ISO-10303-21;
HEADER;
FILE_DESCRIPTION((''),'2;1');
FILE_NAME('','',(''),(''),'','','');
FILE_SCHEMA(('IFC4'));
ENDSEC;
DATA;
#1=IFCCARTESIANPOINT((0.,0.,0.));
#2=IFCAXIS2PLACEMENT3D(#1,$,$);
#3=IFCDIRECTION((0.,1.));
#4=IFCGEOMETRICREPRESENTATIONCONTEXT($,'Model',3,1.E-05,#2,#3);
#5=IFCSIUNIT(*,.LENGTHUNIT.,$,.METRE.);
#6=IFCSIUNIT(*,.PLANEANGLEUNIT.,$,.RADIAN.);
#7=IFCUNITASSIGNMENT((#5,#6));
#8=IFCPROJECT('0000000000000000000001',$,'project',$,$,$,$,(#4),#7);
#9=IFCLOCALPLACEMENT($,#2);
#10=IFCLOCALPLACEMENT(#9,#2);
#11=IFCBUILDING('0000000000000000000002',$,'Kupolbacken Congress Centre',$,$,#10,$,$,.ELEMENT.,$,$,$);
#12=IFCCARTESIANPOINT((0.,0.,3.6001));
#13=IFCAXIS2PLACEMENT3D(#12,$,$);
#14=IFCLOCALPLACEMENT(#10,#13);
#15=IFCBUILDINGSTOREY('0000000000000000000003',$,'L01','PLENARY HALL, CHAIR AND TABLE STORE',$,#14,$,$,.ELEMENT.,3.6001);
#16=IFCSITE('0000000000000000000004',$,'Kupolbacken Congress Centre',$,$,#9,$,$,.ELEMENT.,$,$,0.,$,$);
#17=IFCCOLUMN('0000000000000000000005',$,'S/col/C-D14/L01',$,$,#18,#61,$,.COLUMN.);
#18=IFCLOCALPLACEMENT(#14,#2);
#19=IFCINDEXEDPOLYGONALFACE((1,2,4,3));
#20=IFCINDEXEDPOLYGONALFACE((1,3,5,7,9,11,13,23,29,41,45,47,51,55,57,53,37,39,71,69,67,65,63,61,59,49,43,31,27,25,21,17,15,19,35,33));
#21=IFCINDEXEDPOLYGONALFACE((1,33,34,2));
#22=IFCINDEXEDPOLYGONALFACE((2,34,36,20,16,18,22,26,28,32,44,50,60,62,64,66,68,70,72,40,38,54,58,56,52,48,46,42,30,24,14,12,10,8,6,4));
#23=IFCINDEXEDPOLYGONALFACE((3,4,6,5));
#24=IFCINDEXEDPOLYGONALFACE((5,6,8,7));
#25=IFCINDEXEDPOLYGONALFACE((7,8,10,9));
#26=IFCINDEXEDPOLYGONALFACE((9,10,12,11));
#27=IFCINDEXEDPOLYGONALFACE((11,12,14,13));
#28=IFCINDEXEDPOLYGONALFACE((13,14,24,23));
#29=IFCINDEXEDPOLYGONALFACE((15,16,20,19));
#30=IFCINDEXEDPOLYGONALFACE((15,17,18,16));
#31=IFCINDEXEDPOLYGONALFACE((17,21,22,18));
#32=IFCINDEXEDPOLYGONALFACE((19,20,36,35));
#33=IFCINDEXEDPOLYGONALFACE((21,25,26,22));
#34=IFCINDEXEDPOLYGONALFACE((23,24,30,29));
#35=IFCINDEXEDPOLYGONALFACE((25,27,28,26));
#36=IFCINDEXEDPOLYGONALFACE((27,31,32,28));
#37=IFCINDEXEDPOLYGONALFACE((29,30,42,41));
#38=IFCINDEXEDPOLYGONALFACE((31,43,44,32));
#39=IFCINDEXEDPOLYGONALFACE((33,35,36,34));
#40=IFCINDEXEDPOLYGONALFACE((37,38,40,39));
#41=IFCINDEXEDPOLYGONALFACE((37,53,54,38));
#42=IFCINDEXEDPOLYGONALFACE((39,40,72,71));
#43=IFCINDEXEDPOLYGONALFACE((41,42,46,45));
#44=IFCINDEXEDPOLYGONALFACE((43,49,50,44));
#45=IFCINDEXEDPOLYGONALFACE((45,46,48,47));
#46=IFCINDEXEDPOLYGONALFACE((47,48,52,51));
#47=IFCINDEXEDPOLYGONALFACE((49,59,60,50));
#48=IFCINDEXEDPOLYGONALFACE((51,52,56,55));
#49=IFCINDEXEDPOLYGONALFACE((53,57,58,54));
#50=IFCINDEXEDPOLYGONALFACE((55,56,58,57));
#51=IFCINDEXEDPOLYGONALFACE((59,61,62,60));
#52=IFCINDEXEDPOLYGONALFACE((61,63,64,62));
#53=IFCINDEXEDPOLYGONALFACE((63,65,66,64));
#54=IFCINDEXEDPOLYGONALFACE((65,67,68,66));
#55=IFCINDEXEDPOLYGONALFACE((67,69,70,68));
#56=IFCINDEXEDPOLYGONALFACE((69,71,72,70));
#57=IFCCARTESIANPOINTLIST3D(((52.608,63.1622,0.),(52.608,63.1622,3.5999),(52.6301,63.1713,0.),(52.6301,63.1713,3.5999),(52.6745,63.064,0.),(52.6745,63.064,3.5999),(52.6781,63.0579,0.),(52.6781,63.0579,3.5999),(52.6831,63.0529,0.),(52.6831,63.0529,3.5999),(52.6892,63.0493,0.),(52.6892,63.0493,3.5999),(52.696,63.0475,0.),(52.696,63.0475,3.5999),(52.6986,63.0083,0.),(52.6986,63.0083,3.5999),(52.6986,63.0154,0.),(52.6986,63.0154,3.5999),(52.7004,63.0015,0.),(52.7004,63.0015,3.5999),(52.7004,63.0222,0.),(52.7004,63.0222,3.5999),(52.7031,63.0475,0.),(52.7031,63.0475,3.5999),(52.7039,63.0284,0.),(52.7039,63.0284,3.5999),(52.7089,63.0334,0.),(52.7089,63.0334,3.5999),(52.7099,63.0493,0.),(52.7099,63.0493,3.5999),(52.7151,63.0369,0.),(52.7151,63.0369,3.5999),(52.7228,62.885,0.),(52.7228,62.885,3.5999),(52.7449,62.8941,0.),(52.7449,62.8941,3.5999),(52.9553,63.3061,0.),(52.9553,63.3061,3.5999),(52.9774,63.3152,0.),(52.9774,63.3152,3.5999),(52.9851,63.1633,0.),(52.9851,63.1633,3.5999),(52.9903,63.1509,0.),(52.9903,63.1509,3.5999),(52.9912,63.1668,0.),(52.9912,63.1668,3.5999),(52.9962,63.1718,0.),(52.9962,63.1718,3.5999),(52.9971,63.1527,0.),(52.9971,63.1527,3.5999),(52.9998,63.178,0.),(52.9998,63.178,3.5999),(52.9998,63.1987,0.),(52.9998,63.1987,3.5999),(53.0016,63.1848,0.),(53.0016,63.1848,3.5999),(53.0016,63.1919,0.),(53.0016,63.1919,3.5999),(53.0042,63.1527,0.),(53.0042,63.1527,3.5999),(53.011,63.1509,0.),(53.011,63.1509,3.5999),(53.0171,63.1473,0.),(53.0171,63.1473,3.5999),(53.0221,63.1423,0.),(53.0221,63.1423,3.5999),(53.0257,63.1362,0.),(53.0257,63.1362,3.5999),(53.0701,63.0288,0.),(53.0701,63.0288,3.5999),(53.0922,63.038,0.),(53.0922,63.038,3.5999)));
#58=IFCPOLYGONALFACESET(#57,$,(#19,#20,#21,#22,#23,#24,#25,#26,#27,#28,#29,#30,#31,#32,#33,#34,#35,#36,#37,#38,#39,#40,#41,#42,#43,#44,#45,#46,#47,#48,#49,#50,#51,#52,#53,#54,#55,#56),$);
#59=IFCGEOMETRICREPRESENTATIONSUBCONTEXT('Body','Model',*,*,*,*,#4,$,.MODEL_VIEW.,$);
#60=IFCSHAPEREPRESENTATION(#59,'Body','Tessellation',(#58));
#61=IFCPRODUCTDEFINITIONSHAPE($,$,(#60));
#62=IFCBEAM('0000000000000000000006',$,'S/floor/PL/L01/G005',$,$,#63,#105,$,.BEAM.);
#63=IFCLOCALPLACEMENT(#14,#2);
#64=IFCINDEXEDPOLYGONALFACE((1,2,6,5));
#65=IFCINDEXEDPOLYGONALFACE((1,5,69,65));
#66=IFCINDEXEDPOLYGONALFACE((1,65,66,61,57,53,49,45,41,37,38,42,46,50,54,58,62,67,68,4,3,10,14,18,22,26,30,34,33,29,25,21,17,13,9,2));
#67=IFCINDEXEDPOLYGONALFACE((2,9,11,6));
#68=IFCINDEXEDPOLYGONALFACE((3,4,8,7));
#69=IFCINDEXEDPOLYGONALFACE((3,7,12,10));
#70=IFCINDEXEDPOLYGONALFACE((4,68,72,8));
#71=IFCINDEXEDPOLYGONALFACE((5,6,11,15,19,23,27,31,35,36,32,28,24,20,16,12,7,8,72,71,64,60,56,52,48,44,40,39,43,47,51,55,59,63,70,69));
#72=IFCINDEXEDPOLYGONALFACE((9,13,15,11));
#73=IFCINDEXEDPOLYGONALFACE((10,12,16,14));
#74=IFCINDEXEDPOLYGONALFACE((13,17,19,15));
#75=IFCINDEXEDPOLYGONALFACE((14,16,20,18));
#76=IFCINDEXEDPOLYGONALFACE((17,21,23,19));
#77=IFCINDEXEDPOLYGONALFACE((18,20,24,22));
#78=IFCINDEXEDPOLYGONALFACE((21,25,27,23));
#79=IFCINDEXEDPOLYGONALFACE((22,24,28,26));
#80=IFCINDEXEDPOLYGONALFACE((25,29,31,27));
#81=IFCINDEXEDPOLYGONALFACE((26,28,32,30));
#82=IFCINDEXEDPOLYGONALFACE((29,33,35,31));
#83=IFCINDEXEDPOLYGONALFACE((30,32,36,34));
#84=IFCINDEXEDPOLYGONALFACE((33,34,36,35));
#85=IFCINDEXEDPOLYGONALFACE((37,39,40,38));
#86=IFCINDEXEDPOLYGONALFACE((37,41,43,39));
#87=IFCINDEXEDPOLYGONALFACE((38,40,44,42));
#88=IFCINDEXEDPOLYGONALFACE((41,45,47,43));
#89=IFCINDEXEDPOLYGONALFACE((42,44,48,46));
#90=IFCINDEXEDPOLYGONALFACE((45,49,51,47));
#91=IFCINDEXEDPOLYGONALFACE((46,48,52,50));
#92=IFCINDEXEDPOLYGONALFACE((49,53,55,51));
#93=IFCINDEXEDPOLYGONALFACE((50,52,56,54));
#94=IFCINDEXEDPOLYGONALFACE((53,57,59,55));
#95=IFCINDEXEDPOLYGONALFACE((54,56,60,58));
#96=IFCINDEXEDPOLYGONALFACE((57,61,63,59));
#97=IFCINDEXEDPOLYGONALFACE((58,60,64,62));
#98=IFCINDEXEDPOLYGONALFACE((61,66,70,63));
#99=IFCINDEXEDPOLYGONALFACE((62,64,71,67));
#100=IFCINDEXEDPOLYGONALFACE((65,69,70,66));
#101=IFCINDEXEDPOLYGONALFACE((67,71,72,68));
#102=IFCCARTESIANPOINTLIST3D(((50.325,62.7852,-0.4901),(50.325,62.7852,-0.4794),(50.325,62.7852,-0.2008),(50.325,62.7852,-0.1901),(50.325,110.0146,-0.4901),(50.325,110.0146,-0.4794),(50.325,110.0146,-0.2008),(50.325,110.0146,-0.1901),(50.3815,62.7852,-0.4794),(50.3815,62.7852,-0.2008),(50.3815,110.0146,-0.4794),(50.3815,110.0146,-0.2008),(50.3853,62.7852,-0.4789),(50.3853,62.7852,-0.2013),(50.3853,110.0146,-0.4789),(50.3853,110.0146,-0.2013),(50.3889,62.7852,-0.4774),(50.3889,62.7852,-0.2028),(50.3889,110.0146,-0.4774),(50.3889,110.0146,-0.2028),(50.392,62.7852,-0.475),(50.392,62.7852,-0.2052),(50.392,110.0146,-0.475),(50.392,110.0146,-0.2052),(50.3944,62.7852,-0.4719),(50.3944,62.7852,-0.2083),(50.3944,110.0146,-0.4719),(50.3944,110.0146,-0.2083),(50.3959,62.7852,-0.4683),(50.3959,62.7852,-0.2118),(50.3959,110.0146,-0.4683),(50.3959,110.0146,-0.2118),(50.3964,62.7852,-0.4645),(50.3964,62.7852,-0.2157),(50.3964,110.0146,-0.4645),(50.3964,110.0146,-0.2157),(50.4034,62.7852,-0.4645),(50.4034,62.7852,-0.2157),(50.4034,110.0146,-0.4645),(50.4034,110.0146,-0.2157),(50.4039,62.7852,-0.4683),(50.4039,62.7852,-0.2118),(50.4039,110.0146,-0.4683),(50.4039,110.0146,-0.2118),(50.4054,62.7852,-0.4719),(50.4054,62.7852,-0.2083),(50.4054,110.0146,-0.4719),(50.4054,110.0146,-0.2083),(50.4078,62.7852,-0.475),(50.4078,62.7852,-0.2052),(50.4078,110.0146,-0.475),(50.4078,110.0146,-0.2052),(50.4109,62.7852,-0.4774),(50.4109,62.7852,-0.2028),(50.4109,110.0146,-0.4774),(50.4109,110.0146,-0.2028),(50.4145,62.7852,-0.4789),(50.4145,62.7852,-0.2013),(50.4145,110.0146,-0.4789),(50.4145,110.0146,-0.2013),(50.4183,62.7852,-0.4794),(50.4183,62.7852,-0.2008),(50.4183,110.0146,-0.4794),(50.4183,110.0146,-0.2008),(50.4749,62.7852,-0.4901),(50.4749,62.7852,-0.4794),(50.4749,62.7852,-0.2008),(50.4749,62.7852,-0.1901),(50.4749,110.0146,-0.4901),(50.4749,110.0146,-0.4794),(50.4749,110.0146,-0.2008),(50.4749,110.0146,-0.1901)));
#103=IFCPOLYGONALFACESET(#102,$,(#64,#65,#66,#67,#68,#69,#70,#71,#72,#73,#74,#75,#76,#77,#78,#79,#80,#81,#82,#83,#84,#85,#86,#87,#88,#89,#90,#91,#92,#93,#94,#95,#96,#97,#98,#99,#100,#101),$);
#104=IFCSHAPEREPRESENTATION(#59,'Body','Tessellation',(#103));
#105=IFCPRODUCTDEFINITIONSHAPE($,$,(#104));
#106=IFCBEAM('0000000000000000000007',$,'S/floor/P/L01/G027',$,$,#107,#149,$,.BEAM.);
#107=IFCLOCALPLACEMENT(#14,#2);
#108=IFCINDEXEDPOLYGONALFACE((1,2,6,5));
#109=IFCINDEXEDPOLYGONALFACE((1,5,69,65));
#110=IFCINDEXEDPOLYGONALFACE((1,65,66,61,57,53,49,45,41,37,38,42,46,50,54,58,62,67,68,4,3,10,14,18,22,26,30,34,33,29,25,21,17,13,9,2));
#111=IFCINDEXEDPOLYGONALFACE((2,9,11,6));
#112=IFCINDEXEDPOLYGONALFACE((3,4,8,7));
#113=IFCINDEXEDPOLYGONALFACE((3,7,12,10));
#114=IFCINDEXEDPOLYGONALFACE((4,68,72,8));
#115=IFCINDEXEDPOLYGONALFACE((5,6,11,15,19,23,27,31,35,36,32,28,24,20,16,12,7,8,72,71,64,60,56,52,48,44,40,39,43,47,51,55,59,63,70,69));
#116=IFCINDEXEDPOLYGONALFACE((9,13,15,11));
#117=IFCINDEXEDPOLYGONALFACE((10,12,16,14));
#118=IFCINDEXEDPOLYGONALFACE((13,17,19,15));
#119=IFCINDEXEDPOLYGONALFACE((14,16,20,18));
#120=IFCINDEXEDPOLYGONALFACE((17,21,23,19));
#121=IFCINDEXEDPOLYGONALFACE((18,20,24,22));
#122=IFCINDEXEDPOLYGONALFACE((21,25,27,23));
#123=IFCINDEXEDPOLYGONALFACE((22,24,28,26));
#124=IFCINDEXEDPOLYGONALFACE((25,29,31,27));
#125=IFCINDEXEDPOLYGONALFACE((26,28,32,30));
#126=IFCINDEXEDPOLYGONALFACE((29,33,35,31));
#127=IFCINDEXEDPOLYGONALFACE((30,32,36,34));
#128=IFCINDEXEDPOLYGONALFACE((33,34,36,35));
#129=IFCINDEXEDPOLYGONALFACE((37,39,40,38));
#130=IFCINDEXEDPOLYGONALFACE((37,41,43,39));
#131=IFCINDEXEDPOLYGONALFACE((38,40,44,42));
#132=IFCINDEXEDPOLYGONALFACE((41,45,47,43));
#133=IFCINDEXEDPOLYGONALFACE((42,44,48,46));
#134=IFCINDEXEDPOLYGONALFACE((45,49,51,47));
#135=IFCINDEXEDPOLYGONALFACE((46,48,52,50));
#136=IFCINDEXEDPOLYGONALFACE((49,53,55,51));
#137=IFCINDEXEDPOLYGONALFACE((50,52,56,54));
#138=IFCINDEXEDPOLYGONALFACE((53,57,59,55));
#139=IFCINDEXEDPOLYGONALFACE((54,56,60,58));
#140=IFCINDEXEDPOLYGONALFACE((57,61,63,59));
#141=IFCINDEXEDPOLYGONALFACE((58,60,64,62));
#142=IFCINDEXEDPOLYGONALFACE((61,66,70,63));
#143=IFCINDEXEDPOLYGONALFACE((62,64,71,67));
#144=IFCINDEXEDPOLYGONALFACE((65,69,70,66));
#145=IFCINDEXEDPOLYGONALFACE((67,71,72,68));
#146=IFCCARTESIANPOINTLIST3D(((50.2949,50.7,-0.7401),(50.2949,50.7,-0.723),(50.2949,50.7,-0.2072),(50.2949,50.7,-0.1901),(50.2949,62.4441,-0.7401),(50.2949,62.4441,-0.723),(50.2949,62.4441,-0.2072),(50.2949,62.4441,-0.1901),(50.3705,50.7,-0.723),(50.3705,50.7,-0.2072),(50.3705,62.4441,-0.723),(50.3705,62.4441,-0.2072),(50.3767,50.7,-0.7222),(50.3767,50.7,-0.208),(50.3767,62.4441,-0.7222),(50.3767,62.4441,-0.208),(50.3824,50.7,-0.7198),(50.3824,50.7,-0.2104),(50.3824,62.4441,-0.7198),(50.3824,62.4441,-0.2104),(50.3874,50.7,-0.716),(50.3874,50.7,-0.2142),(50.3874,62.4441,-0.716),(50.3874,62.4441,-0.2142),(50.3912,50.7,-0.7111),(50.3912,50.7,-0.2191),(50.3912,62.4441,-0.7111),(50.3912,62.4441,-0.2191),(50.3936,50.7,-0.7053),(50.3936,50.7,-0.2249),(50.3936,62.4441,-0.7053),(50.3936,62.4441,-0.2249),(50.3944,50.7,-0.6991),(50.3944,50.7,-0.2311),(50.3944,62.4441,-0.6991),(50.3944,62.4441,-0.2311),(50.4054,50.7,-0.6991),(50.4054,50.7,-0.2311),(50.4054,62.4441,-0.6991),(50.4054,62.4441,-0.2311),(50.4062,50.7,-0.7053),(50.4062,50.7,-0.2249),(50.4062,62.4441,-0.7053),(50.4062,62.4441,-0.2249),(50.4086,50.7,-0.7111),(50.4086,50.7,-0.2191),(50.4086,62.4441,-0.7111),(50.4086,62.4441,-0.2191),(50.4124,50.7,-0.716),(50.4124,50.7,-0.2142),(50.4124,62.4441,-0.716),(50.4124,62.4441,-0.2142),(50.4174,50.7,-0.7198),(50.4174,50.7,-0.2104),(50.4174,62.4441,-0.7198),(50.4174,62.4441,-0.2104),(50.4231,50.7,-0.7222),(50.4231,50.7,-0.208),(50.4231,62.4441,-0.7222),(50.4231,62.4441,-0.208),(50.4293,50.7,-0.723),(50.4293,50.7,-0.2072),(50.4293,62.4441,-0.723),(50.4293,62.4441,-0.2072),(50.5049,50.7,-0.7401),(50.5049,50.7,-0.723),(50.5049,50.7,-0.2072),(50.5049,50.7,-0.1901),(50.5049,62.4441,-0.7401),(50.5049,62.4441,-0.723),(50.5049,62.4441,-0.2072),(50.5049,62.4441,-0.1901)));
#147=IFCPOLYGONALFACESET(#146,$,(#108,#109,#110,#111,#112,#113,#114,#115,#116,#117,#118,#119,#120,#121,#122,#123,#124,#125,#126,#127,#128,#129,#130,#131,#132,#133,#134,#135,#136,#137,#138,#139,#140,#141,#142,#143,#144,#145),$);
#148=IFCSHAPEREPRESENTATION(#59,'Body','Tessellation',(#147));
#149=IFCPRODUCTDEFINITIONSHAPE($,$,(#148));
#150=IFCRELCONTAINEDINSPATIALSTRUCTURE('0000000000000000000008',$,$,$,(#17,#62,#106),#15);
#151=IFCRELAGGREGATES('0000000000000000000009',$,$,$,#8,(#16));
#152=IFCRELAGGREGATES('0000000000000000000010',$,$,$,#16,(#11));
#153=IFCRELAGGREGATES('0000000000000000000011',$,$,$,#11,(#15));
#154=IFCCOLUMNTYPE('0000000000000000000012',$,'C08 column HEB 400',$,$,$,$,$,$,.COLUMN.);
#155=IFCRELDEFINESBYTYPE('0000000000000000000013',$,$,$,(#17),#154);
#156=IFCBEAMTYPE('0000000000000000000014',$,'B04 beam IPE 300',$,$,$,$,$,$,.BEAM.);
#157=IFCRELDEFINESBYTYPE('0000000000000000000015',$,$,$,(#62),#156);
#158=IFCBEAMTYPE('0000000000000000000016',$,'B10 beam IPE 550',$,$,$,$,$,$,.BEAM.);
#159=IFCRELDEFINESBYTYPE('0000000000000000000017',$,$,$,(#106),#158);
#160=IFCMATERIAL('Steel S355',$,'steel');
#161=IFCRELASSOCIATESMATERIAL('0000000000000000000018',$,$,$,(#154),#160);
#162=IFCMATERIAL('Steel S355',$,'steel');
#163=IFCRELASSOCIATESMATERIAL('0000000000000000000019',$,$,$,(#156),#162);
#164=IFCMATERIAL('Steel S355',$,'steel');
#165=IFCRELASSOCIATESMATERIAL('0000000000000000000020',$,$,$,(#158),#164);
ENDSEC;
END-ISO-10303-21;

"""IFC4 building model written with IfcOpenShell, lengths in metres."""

from ifc_helpers import new_model, si_unit, direction, frame, origin, origin_2d, place, context, subcontext, project, spatial, i_section, extrude, material, material_profile, profile_set, type_object, element, save


model = new_model("IFC4")

# Units and contexts
model_context = context("Model", 3, precision=1e-05, world=origin(), true_north=direction((0.0, 1.0)))
body_context = subcontext(model_context, "Body", "Model", "MODEL_VIEW")
ifc_project = project(units=[si_unit("LENGTHUNIT", "METRE"), si_unit("PLANEANGLEUNIT", "RADIAN")], contexts=[model_context])

# Site, building, storey
site_placement = place(None, origin())
site = spatial("IfcSite", under=ifc_project, at=site_placement, Name="Kupolbacken Congress Centre", CompositionType="ELEMENT", RefElevation=0.0)
building_placement = place(site_placement, origin())
building = spatial("IfcBuilding", under=site, at=building_placement, Name="Kupolbacken Congress Centre", CompositionType="ELEMENT")
storey_placement = place(building_placement, frame((0.0, 0.0, 3.6001)))
storey = spatial("IfcBuildingStorey", under=building, at=storey_placement, Name="L01", Description="PLENARY HALL, CHAIR AND TABLE STORE", CompositionType="ELEMENT", Elevation=3.6001)

# Column
ifc_material_1 = material(Name="Steel S355", Category="steel")
ifc_material_profile_1 = material_profile(ifc_material_1, i_section(OverallWidth=0.3, OverallDepth=0.3999, WebThickness=0.0134, FlangeThickness=0.0239, FilletRadius=0.0271, at=origin_2d()), Name="HEB 400")
ifc_profile_set_1 = profile_set([ifc_material_profile_1], Name="Steel S355")
column_type = type_object("IfcColumnType", Name="C08 column HEB 400", PredefinedType="COLUMN", material=ifc_profile_set_1)
column_placement = place(storey_placement, frame((52.8501, 63.1001, 0.0), z_axis=(0.0, 0.0, 1.0), x_axis=(0.382644, -0.923896, 0.0)))
element("IfcColumn", 1, at=column_placement, inside=storey, type_object=column_type, Name="S/col/C-D14/L01", PredefinedType="COLUMN", context=body_context, shape_type="SweptSolid", body=[
    extrude(i_section(OverallWidth=0.3, OverallDepth=0.3999, WebThickness=0.0134, FlangeThickness=0.0239, FilletRadius=0.0271, at=origin_2d()), origin(), (0.0, 0.0, 1.0), 3.5999),
])

# Beams
ifc_material_2 = material(Name="Steel S355", Category="steel")
ifc_material_profile_2 = material_profile(ifc_material_2, i_section(OverallWidth=0.1499, OverallDepth=0.3, WebThickness=0.0071, FlangeThickness=0.0107, FilletRadius=0.0149, at=origin_2d()), Name="IPE 300")
ifc_profile_set_2 = profile_set([ifc_material_profile_2], Name="Steel S355")
beam_type_1 = type_object("IfcBeamType", Name="B04 beam IPE 300", PredefinedType="BEAM", material=ifc_profile_set_2)
beam_1_placement = place(storey_placement, frame((50.3999, 62.7852, -0.3401), z_axis=(0.0, 1.0, 0.0), x_axis=(-1.0, 0.0, 0.0)))
element("IfcBeam", 2, at=beam_1_placement, inside=storey, type_object=beam_type_1, Name="S/floor/PL/L01/G005", PredefinedType="BEAM", context=body_context, shape_type="SweptSolid", body=[
    extrude(i_section(OverallWidth=0.1499, OverallDepth=0.3, WebThickness=0.0071, FlangeThickness=0.0107, FilletRadius=0.0149, at=origin_2d()), origin(), (0.0, 0.0, 1.0), 47.2295),
])
ifc_material_3 = material(Name="Steel S355", Category="steel")
ifc_material_profile_3 = material_profile(ifc_material_3, i_section(OverallWidth=0.21, OverallDepth=0.55, WebThickness=0.011, FlangeThickness=0.0171, FilletRadius=0.0239, at=origin_2d()), Name="IPE 550")
ifc_profile_set_3 = profile_set([ifc_material_profile_3], Name="Steel S355")
beam_type_2 = type_object("IfcBeamType", Name="B10 beam IPE 550", PredefinedType="BEAM", material=ifc_profile_set_3)
beam_2_placement = place(storey_placement, frame((50.3999, 50.7, -0.4651), z_axis=(0.0, 1.0, 0.0), x_axis=(-1.0, 0.0, 0.0)))
element("IfcBeam", 3, at=beam_2_placement, inside=storey, type_object=beam_type_2, Name="S/floor/P/L01/G027", PredefinedType="BEAM", context=body_context, shape_type="SweptSolid", body=[
    extrude(i_section(OverallWidth=0.21, OverallDepth=0.55, WebThickness=0.011, FlangeThickness=0.0171, FilletRadius=0.0239, at=origin_2d()), origin(), (0.0, 0.0, 1.0), 11.7441),
])

save(model, "model.ifc")
